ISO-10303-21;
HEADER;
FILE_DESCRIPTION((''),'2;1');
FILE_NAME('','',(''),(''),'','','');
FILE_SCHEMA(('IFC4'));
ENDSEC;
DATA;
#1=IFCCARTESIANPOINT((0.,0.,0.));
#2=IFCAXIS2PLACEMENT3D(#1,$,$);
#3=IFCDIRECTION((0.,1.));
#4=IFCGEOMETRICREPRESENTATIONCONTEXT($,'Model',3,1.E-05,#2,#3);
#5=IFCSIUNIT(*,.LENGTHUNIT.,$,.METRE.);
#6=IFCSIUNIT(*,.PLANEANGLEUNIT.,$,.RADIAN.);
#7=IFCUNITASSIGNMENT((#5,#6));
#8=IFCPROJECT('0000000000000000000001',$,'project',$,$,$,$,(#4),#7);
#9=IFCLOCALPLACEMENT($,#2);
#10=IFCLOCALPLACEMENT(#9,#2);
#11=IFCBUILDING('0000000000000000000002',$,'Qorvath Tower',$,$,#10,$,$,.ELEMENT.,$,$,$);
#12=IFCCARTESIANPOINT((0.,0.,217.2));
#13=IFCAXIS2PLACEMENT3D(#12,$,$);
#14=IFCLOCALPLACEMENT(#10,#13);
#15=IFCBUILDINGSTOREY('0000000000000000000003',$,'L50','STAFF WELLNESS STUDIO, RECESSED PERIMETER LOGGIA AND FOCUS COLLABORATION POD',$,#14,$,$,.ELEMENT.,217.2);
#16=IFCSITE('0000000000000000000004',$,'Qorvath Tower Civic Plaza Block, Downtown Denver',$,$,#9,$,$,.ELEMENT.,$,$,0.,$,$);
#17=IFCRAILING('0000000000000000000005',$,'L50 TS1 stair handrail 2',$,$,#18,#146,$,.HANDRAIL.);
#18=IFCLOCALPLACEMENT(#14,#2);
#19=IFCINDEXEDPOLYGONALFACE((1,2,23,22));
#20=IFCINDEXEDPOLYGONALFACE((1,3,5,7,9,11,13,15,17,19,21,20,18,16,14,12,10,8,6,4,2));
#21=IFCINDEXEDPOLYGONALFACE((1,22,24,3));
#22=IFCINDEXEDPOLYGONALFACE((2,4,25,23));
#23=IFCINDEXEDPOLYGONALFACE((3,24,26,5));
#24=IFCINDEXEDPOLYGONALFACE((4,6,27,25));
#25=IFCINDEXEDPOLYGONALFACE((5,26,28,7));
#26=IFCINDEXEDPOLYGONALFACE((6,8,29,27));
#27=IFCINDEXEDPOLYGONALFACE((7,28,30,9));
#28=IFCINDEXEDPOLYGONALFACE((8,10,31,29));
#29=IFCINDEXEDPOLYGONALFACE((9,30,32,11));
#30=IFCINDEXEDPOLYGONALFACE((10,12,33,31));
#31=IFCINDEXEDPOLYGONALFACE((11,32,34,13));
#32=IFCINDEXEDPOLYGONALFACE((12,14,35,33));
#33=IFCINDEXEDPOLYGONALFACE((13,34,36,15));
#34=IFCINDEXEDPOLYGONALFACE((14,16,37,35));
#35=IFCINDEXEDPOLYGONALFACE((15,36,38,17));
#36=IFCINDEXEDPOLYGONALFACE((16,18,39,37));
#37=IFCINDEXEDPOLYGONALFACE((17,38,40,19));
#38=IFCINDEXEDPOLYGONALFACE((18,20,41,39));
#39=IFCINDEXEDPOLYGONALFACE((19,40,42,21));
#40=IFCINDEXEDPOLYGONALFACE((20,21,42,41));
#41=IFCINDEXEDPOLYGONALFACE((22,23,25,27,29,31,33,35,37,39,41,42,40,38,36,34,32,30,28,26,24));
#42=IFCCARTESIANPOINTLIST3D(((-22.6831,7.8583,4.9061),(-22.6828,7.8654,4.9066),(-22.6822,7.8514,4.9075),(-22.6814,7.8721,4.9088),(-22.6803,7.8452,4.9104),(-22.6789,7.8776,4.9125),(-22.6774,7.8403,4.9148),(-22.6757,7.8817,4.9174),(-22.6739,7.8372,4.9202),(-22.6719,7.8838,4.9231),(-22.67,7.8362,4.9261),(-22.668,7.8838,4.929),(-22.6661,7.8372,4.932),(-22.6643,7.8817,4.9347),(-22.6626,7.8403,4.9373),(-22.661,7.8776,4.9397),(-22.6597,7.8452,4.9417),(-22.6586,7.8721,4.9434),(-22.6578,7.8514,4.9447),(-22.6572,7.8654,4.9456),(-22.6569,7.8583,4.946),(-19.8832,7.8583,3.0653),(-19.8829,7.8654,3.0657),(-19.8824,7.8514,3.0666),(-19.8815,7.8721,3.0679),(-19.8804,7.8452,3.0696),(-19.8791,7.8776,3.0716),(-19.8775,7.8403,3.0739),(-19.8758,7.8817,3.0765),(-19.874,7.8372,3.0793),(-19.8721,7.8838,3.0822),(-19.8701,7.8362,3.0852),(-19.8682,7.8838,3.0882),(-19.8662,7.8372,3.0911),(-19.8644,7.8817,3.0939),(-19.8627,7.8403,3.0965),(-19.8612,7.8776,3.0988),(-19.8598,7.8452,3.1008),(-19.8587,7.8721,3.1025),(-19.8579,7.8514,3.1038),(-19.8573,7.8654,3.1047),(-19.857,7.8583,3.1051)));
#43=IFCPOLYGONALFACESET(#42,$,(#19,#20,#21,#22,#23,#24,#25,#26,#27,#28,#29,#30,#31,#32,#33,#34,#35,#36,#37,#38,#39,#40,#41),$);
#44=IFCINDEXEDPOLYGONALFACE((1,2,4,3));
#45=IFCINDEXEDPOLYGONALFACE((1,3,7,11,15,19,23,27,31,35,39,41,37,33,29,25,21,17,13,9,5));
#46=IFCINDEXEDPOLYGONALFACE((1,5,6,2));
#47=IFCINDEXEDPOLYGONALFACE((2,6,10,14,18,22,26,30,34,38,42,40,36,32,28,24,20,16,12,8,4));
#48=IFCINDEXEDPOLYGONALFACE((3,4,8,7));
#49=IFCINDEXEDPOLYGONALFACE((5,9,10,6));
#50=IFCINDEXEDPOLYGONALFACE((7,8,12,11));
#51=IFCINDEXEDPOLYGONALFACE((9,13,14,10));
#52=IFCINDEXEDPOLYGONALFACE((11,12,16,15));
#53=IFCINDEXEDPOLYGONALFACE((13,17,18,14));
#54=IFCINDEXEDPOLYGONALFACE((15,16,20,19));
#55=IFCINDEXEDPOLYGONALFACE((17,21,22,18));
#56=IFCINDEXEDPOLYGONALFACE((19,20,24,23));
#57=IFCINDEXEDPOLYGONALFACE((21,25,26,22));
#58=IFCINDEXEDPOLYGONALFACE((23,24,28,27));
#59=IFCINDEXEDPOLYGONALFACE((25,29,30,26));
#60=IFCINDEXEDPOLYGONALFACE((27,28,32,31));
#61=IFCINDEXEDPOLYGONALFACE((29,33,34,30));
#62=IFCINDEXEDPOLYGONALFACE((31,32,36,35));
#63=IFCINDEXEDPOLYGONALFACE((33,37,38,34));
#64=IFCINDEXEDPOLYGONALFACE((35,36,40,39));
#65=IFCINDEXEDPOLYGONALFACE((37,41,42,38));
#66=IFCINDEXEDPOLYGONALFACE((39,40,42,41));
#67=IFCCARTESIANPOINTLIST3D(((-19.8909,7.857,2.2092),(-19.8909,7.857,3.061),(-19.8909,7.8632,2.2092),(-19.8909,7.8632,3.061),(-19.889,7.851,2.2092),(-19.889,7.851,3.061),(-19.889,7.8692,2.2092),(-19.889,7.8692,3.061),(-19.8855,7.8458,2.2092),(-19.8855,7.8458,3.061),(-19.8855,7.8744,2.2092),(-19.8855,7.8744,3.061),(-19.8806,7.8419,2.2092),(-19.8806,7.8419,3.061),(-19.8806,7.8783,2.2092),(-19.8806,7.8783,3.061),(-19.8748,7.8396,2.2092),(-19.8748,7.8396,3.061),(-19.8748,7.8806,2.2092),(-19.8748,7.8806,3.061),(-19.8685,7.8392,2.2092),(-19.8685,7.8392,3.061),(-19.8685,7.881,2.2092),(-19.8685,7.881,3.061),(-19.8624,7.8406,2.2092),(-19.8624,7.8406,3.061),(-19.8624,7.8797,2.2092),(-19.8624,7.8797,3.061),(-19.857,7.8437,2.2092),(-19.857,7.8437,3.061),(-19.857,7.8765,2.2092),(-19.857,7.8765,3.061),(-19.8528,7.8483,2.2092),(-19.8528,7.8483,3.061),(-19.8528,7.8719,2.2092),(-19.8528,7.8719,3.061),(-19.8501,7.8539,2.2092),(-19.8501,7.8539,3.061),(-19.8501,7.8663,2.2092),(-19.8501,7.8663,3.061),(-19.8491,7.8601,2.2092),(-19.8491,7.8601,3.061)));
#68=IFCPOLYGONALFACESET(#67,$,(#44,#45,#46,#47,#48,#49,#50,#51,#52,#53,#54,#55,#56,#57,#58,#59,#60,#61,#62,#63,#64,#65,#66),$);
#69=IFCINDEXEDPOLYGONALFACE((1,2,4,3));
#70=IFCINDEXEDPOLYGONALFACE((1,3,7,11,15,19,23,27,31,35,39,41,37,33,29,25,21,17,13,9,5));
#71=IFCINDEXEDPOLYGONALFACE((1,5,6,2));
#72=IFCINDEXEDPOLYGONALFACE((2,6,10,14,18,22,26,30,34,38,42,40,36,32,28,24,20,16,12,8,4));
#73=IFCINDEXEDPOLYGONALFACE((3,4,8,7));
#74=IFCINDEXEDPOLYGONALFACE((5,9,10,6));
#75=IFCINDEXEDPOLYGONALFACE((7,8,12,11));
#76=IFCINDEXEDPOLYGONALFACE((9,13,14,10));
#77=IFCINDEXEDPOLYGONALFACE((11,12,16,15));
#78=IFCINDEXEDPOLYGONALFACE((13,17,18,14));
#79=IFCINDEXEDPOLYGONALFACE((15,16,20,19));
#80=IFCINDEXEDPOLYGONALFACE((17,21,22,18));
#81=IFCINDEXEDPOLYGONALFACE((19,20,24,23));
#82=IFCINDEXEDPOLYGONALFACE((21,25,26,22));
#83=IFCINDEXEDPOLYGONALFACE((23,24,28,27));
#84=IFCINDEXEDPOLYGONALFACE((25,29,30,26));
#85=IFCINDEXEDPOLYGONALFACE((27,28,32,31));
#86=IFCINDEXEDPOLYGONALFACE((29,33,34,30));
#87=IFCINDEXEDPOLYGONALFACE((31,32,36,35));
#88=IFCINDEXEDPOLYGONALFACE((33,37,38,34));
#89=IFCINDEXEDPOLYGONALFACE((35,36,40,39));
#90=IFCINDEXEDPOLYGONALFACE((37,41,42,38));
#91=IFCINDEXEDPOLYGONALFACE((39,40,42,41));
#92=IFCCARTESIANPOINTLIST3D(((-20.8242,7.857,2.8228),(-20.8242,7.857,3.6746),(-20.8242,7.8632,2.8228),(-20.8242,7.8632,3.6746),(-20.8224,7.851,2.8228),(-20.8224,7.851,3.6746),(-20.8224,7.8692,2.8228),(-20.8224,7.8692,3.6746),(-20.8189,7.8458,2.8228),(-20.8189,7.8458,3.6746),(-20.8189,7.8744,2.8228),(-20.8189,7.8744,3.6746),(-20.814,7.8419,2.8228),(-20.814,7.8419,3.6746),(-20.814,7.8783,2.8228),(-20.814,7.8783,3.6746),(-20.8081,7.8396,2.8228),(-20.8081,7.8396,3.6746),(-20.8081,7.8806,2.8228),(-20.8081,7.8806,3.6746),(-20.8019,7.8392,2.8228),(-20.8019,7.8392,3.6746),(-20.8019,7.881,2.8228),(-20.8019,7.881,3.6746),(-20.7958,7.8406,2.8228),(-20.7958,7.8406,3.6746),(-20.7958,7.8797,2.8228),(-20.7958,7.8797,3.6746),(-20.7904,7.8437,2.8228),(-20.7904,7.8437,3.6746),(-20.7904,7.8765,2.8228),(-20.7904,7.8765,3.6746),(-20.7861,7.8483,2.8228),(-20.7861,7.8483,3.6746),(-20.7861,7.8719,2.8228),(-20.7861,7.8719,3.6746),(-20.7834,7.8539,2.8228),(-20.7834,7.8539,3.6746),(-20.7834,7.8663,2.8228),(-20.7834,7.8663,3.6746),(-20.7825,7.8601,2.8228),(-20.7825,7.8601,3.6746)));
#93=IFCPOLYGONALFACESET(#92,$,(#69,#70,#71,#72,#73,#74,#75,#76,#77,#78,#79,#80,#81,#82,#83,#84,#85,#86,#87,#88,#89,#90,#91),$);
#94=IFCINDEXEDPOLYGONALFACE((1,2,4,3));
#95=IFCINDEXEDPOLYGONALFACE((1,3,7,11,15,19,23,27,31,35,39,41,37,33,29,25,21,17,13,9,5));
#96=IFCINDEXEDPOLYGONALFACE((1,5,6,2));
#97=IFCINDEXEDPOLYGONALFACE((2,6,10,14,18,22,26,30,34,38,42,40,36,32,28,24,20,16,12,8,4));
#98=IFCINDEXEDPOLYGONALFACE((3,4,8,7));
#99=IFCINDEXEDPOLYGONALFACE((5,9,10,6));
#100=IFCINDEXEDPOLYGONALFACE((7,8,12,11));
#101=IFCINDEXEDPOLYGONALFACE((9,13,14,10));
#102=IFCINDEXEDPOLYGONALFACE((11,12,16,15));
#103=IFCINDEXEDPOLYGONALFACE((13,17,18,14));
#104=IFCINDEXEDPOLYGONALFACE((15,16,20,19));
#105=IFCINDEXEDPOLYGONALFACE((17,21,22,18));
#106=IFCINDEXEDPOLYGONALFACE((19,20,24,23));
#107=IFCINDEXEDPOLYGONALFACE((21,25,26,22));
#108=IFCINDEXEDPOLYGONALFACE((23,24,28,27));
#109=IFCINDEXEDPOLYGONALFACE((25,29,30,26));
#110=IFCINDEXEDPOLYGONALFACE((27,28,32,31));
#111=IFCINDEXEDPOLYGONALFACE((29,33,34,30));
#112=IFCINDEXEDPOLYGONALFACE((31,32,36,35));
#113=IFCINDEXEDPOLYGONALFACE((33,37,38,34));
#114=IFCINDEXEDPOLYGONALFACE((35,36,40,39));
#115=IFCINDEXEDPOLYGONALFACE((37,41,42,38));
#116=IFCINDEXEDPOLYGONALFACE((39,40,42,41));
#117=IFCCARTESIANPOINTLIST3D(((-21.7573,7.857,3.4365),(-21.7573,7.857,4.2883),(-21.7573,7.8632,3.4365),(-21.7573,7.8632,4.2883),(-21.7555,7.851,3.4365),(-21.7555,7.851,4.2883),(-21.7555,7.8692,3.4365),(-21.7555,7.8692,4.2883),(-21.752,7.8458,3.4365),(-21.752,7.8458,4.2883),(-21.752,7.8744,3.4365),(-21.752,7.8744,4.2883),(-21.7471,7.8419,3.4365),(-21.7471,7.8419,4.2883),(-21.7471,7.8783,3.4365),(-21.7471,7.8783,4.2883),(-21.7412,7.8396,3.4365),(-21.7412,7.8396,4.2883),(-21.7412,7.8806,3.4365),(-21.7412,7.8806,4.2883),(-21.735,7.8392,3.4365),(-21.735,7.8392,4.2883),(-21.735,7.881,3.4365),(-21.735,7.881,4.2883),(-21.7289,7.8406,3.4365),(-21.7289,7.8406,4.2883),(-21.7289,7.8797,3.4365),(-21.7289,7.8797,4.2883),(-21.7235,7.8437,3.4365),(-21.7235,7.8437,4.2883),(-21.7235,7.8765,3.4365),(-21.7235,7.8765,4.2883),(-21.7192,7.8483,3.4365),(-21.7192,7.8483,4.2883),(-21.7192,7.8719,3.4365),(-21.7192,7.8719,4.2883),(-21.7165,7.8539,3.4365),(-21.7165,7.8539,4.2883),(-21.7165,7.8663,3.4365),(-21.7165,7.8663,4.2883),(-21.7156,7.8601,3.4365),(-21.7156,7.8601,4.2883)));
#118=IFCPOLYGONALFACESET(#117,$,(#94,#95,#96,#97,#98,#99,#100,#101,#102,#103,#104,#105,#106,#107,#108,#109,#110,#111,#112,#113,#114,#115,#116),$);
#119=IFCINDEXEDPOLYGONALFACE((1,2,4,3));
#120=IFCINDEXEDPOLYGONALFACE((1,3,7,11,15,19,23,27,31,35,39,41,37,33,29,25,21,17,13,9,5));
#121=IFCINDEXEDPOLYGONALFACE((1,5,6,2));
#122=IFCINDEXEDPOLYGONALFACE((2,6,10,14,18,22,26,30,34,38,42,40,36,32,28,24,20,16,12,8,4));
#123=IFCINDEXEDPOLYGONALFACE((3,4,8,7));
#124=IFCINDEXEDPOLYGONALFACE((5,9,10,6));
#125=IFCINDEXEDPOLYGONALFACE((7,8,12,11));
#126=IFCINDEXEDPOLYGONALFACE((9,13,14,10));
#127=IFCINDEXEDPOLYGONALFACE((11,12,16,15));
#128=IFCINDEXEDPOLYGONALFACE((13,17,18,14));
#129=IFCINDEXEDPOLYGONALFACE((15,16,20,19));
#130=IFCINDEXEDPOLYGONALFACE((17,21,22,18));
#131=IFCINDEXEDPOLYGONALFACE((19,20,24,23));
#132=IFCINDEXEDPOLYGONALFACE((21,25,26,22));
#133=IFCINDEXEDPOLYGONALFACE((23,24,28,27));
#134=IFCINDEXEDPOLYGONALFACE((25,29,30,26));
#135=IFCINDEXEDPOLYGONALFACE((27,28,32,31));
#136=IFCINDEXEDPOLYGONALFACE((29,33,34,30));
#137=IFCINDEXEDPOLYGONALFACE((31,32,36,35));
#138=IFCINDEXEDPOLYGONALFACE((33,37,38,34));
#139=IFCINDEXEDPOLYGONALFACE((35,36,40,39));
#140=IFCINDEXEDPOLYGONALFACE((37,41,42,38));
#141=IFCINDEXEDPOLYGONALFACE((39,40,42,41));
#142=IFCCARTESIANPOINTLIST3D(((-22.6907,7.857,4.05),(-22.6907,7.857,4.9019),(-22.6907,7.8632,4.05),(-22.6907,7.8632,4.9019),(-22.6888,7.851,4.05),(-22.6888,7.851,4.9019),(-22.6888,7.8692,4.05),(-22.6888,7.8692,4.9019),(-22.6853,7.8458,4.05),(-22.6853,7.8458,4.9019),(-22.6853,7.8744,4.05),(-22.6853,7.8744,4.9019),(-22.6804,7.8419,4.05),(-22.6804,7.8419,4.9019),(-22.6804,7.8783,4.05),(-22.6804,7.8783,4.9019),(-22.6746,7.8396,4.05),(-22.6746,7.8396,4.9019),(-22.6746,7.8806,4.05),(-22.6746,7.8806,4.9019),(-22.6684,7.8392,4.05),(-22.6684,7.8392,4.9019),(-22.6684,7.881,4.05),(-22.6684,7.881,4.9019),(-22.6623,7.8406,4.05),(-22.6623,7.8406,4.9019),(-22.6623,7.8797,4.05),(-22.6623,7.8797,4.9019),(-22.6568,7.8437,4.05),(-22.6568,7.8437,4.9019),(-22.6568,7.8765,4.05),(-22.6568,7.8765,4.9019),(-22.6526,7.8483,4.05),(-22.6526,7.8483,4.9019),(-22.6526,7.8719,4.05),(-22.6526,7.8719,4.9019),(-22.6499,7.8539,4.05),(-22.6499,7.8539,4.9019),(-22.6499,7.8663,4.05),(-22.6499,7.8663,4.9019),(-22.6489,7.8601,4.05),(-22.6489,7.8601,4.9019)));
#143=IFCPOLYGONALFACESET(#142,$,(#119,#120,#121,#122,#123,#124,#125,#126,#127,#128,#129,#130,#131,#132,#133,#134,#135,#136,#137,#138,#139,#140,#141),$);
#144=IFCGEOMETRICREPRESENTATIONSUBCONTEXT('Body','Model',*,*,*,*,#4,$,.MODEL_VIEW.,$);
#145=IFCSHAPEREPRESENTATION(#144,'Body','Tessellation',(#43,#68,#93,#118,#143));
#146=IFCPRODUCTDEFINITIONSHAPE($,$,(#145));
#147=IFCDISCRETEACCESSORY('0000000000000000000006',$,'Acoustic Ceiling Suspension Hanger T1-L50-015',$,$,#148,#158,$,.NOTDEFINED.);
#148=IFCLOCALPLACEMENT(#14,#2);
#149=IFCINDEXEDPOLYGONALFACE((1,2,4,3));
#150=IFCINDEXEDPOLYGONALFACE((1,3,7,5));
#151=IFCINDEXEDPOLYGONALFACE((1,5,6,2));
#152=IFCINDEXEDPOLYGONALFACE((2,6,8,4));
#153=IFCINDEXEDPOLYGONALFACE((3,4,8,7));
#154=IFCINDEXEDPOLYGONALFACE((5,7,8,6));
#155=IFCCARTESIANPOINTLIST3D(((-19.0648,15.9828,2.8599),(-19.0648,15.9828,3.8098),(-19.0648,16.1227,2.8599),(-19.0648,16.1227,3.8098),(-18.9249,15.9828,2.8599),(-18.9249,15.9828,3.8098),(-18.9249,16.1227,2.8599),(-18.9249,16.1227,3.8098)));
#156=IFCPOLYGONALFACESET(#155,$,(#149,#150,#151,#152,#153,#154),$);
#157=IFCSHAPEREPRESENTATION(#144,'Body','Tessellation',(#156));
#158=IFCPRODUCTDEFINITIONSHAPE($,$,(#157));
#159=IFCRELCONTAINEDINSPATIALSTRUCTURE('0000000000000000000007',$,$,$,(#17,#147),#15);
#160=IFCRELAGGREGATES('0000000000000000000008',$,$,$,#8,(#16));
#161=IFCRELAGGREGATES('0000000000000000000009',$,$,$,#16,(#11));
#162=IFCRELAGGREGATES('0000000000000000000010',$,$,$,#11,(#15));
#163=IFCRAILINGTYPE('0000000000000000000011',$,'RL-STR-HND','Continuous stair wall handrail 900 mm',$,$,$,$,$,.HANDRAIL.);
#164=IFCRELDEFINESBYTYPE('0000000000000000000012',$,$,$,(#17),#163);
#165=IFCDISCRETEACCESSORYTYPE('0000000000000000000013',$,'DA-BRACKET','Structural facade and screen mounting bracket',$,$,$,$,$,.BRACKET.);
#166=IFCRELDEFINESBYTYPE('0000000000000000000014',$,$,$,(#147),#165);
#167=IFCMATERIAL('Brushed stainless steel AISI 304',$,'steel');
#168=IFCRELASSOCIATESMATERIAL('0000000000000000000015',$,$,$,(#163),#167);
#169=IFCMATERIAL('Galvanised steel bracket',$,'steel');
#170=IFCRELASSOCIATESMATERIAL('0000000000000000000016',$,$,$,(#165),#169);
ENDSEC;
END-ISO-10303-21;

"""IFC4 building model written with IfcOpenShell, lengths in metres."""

from ifc_helpers import new_model, si_unit, direction, frame, origin, origin_2d, place, context, subcontext, project, spatial, rectangle, circle, extrude, material, type_object, element, save


model = new_model("IFC4")

# Units and contexts
model_context = context("Model", 3, precision=1e-05, world=origin(), true_north=direction((0.0, 1.0)))
body_context = subcontext(model_context, "Body", "Model", "MODEL_VIEW")
ifc_project = project(units=[si_unit("LENGTHUNIT", "METRE"), si_unit("PLANEANGLEUNIT", "RADIAN")], contexts=[model_context])

# Site, building, storey
site_placement = place(None, origin())
site = spatial("IfcSite", under=ifc_project, at=site_placement, Name="Qorvath Tower Civic Plaza Block, Downtown Denver", CompositionType="ELEMENT", RefElevation=0.0)
building_placement = place(site_placement, origin())
building = spatial("IfcBuilding", under=site, at=building_placement, Name="Qorvath Tower", CompositionType="ELEMENT")
storey_placement = place(building_placement, frame((0.0, 0.0, 217.2)))
storey = spatial("IfcBuildingStorey", under=building, at=storey_placement, Name="L50", Description="STAFF WELLNESS STUDIO, RECESSED PERIMETER LOGGIA AND FOCUS COLLABORATION POD", CompositionType="ELEMENT", Elevation=217.2)

# Railing
ifc_material_1 = material(Name="Brushed stainless steel AISI 304", Category="steel")
railing_type_1 = type_object("IfcRailingType", Name="RL-STR-HND", Description="Continuous stair wall handrail 900 mm", PredefinedType="HANDRAIL", material=ifc_material_1)
railing_1_placement = place(storey_placement, frame((-19.8701, 7.8601, 2.2092)))
element("IfcRailing", 1, at=railing_1_placement, inside=storey, type_object=railing_type_1, Name="L50 TS1 stair handrail 2", PredefinedType="HANDRAIL", context=body_context, shape_type="SweptSolid", body=[
    extrude(circle(Radius=0.0239, at=origin_2d()), frame((0.0, 0.0, 0.876), z_axis=(-0.835576, 0.0, 0.549376), x_axis=(0.0, -1.0, 0.0)), (0.0, 0.0, 1.0), 3.3508),
    extrude(circle(Radius=0.021, at=origin_2d()), origin(), (0.0, 0.0, 1.0), 0.8518),
    extrude(circle(Radius=0.021, at=origin_2d()), frame((-0.9333, 0.0, 0.6135)), (0.0, 0.0, 1.0), 0.8518),
    extrude(circle(Radius=0.021, at=origin_2d()), frame((-1.8665, 0.0, 1.2273)), (0.0, 0.0, 1.0), 0.8518),
    extrude(circle(Radius=0.021, at=origin_2d()), frame((-2.7998, 0.0, 1.8408)), (0.0, 0.0, 1.0), 0.8518),
])

# Discrete accessory
ifc_material_2 = material(Name="Galvanised steel bracket", Category="steel")
discrete_accessory_type = type_object("IfcDiscreteAccessoryType", Name="DA-BRACKET", Description="Structural facade and screen mounting bracket", PredefinedType="BRACKET", material=ifc_material_2)
discrete_accessory_placement = place(storey_placement, frame((-18.9949, 16.0527, 2.8599), z_axis=(0.0, 0.0, 1.0), x_axis=(1.0, 0.0, 0.0)))
element("IfcDiscreteAccessory", 2, at=discrete_accessory_placement, inside=storey, type_object=discrete_accessory_type, Name="Acoustic Ceiling Suspension Hanger T1-L50-015", PredefinedType="NOTDEFINED", context=body_context, shape_type="SweptSolid", body=[
    extrude(rectangle(XDim=0.1399, YDim=0.1399, at=origin_2d()), origin(), (0.0, 0.0, 1.0), 0.95),
])

save(model, "model.ifc")
